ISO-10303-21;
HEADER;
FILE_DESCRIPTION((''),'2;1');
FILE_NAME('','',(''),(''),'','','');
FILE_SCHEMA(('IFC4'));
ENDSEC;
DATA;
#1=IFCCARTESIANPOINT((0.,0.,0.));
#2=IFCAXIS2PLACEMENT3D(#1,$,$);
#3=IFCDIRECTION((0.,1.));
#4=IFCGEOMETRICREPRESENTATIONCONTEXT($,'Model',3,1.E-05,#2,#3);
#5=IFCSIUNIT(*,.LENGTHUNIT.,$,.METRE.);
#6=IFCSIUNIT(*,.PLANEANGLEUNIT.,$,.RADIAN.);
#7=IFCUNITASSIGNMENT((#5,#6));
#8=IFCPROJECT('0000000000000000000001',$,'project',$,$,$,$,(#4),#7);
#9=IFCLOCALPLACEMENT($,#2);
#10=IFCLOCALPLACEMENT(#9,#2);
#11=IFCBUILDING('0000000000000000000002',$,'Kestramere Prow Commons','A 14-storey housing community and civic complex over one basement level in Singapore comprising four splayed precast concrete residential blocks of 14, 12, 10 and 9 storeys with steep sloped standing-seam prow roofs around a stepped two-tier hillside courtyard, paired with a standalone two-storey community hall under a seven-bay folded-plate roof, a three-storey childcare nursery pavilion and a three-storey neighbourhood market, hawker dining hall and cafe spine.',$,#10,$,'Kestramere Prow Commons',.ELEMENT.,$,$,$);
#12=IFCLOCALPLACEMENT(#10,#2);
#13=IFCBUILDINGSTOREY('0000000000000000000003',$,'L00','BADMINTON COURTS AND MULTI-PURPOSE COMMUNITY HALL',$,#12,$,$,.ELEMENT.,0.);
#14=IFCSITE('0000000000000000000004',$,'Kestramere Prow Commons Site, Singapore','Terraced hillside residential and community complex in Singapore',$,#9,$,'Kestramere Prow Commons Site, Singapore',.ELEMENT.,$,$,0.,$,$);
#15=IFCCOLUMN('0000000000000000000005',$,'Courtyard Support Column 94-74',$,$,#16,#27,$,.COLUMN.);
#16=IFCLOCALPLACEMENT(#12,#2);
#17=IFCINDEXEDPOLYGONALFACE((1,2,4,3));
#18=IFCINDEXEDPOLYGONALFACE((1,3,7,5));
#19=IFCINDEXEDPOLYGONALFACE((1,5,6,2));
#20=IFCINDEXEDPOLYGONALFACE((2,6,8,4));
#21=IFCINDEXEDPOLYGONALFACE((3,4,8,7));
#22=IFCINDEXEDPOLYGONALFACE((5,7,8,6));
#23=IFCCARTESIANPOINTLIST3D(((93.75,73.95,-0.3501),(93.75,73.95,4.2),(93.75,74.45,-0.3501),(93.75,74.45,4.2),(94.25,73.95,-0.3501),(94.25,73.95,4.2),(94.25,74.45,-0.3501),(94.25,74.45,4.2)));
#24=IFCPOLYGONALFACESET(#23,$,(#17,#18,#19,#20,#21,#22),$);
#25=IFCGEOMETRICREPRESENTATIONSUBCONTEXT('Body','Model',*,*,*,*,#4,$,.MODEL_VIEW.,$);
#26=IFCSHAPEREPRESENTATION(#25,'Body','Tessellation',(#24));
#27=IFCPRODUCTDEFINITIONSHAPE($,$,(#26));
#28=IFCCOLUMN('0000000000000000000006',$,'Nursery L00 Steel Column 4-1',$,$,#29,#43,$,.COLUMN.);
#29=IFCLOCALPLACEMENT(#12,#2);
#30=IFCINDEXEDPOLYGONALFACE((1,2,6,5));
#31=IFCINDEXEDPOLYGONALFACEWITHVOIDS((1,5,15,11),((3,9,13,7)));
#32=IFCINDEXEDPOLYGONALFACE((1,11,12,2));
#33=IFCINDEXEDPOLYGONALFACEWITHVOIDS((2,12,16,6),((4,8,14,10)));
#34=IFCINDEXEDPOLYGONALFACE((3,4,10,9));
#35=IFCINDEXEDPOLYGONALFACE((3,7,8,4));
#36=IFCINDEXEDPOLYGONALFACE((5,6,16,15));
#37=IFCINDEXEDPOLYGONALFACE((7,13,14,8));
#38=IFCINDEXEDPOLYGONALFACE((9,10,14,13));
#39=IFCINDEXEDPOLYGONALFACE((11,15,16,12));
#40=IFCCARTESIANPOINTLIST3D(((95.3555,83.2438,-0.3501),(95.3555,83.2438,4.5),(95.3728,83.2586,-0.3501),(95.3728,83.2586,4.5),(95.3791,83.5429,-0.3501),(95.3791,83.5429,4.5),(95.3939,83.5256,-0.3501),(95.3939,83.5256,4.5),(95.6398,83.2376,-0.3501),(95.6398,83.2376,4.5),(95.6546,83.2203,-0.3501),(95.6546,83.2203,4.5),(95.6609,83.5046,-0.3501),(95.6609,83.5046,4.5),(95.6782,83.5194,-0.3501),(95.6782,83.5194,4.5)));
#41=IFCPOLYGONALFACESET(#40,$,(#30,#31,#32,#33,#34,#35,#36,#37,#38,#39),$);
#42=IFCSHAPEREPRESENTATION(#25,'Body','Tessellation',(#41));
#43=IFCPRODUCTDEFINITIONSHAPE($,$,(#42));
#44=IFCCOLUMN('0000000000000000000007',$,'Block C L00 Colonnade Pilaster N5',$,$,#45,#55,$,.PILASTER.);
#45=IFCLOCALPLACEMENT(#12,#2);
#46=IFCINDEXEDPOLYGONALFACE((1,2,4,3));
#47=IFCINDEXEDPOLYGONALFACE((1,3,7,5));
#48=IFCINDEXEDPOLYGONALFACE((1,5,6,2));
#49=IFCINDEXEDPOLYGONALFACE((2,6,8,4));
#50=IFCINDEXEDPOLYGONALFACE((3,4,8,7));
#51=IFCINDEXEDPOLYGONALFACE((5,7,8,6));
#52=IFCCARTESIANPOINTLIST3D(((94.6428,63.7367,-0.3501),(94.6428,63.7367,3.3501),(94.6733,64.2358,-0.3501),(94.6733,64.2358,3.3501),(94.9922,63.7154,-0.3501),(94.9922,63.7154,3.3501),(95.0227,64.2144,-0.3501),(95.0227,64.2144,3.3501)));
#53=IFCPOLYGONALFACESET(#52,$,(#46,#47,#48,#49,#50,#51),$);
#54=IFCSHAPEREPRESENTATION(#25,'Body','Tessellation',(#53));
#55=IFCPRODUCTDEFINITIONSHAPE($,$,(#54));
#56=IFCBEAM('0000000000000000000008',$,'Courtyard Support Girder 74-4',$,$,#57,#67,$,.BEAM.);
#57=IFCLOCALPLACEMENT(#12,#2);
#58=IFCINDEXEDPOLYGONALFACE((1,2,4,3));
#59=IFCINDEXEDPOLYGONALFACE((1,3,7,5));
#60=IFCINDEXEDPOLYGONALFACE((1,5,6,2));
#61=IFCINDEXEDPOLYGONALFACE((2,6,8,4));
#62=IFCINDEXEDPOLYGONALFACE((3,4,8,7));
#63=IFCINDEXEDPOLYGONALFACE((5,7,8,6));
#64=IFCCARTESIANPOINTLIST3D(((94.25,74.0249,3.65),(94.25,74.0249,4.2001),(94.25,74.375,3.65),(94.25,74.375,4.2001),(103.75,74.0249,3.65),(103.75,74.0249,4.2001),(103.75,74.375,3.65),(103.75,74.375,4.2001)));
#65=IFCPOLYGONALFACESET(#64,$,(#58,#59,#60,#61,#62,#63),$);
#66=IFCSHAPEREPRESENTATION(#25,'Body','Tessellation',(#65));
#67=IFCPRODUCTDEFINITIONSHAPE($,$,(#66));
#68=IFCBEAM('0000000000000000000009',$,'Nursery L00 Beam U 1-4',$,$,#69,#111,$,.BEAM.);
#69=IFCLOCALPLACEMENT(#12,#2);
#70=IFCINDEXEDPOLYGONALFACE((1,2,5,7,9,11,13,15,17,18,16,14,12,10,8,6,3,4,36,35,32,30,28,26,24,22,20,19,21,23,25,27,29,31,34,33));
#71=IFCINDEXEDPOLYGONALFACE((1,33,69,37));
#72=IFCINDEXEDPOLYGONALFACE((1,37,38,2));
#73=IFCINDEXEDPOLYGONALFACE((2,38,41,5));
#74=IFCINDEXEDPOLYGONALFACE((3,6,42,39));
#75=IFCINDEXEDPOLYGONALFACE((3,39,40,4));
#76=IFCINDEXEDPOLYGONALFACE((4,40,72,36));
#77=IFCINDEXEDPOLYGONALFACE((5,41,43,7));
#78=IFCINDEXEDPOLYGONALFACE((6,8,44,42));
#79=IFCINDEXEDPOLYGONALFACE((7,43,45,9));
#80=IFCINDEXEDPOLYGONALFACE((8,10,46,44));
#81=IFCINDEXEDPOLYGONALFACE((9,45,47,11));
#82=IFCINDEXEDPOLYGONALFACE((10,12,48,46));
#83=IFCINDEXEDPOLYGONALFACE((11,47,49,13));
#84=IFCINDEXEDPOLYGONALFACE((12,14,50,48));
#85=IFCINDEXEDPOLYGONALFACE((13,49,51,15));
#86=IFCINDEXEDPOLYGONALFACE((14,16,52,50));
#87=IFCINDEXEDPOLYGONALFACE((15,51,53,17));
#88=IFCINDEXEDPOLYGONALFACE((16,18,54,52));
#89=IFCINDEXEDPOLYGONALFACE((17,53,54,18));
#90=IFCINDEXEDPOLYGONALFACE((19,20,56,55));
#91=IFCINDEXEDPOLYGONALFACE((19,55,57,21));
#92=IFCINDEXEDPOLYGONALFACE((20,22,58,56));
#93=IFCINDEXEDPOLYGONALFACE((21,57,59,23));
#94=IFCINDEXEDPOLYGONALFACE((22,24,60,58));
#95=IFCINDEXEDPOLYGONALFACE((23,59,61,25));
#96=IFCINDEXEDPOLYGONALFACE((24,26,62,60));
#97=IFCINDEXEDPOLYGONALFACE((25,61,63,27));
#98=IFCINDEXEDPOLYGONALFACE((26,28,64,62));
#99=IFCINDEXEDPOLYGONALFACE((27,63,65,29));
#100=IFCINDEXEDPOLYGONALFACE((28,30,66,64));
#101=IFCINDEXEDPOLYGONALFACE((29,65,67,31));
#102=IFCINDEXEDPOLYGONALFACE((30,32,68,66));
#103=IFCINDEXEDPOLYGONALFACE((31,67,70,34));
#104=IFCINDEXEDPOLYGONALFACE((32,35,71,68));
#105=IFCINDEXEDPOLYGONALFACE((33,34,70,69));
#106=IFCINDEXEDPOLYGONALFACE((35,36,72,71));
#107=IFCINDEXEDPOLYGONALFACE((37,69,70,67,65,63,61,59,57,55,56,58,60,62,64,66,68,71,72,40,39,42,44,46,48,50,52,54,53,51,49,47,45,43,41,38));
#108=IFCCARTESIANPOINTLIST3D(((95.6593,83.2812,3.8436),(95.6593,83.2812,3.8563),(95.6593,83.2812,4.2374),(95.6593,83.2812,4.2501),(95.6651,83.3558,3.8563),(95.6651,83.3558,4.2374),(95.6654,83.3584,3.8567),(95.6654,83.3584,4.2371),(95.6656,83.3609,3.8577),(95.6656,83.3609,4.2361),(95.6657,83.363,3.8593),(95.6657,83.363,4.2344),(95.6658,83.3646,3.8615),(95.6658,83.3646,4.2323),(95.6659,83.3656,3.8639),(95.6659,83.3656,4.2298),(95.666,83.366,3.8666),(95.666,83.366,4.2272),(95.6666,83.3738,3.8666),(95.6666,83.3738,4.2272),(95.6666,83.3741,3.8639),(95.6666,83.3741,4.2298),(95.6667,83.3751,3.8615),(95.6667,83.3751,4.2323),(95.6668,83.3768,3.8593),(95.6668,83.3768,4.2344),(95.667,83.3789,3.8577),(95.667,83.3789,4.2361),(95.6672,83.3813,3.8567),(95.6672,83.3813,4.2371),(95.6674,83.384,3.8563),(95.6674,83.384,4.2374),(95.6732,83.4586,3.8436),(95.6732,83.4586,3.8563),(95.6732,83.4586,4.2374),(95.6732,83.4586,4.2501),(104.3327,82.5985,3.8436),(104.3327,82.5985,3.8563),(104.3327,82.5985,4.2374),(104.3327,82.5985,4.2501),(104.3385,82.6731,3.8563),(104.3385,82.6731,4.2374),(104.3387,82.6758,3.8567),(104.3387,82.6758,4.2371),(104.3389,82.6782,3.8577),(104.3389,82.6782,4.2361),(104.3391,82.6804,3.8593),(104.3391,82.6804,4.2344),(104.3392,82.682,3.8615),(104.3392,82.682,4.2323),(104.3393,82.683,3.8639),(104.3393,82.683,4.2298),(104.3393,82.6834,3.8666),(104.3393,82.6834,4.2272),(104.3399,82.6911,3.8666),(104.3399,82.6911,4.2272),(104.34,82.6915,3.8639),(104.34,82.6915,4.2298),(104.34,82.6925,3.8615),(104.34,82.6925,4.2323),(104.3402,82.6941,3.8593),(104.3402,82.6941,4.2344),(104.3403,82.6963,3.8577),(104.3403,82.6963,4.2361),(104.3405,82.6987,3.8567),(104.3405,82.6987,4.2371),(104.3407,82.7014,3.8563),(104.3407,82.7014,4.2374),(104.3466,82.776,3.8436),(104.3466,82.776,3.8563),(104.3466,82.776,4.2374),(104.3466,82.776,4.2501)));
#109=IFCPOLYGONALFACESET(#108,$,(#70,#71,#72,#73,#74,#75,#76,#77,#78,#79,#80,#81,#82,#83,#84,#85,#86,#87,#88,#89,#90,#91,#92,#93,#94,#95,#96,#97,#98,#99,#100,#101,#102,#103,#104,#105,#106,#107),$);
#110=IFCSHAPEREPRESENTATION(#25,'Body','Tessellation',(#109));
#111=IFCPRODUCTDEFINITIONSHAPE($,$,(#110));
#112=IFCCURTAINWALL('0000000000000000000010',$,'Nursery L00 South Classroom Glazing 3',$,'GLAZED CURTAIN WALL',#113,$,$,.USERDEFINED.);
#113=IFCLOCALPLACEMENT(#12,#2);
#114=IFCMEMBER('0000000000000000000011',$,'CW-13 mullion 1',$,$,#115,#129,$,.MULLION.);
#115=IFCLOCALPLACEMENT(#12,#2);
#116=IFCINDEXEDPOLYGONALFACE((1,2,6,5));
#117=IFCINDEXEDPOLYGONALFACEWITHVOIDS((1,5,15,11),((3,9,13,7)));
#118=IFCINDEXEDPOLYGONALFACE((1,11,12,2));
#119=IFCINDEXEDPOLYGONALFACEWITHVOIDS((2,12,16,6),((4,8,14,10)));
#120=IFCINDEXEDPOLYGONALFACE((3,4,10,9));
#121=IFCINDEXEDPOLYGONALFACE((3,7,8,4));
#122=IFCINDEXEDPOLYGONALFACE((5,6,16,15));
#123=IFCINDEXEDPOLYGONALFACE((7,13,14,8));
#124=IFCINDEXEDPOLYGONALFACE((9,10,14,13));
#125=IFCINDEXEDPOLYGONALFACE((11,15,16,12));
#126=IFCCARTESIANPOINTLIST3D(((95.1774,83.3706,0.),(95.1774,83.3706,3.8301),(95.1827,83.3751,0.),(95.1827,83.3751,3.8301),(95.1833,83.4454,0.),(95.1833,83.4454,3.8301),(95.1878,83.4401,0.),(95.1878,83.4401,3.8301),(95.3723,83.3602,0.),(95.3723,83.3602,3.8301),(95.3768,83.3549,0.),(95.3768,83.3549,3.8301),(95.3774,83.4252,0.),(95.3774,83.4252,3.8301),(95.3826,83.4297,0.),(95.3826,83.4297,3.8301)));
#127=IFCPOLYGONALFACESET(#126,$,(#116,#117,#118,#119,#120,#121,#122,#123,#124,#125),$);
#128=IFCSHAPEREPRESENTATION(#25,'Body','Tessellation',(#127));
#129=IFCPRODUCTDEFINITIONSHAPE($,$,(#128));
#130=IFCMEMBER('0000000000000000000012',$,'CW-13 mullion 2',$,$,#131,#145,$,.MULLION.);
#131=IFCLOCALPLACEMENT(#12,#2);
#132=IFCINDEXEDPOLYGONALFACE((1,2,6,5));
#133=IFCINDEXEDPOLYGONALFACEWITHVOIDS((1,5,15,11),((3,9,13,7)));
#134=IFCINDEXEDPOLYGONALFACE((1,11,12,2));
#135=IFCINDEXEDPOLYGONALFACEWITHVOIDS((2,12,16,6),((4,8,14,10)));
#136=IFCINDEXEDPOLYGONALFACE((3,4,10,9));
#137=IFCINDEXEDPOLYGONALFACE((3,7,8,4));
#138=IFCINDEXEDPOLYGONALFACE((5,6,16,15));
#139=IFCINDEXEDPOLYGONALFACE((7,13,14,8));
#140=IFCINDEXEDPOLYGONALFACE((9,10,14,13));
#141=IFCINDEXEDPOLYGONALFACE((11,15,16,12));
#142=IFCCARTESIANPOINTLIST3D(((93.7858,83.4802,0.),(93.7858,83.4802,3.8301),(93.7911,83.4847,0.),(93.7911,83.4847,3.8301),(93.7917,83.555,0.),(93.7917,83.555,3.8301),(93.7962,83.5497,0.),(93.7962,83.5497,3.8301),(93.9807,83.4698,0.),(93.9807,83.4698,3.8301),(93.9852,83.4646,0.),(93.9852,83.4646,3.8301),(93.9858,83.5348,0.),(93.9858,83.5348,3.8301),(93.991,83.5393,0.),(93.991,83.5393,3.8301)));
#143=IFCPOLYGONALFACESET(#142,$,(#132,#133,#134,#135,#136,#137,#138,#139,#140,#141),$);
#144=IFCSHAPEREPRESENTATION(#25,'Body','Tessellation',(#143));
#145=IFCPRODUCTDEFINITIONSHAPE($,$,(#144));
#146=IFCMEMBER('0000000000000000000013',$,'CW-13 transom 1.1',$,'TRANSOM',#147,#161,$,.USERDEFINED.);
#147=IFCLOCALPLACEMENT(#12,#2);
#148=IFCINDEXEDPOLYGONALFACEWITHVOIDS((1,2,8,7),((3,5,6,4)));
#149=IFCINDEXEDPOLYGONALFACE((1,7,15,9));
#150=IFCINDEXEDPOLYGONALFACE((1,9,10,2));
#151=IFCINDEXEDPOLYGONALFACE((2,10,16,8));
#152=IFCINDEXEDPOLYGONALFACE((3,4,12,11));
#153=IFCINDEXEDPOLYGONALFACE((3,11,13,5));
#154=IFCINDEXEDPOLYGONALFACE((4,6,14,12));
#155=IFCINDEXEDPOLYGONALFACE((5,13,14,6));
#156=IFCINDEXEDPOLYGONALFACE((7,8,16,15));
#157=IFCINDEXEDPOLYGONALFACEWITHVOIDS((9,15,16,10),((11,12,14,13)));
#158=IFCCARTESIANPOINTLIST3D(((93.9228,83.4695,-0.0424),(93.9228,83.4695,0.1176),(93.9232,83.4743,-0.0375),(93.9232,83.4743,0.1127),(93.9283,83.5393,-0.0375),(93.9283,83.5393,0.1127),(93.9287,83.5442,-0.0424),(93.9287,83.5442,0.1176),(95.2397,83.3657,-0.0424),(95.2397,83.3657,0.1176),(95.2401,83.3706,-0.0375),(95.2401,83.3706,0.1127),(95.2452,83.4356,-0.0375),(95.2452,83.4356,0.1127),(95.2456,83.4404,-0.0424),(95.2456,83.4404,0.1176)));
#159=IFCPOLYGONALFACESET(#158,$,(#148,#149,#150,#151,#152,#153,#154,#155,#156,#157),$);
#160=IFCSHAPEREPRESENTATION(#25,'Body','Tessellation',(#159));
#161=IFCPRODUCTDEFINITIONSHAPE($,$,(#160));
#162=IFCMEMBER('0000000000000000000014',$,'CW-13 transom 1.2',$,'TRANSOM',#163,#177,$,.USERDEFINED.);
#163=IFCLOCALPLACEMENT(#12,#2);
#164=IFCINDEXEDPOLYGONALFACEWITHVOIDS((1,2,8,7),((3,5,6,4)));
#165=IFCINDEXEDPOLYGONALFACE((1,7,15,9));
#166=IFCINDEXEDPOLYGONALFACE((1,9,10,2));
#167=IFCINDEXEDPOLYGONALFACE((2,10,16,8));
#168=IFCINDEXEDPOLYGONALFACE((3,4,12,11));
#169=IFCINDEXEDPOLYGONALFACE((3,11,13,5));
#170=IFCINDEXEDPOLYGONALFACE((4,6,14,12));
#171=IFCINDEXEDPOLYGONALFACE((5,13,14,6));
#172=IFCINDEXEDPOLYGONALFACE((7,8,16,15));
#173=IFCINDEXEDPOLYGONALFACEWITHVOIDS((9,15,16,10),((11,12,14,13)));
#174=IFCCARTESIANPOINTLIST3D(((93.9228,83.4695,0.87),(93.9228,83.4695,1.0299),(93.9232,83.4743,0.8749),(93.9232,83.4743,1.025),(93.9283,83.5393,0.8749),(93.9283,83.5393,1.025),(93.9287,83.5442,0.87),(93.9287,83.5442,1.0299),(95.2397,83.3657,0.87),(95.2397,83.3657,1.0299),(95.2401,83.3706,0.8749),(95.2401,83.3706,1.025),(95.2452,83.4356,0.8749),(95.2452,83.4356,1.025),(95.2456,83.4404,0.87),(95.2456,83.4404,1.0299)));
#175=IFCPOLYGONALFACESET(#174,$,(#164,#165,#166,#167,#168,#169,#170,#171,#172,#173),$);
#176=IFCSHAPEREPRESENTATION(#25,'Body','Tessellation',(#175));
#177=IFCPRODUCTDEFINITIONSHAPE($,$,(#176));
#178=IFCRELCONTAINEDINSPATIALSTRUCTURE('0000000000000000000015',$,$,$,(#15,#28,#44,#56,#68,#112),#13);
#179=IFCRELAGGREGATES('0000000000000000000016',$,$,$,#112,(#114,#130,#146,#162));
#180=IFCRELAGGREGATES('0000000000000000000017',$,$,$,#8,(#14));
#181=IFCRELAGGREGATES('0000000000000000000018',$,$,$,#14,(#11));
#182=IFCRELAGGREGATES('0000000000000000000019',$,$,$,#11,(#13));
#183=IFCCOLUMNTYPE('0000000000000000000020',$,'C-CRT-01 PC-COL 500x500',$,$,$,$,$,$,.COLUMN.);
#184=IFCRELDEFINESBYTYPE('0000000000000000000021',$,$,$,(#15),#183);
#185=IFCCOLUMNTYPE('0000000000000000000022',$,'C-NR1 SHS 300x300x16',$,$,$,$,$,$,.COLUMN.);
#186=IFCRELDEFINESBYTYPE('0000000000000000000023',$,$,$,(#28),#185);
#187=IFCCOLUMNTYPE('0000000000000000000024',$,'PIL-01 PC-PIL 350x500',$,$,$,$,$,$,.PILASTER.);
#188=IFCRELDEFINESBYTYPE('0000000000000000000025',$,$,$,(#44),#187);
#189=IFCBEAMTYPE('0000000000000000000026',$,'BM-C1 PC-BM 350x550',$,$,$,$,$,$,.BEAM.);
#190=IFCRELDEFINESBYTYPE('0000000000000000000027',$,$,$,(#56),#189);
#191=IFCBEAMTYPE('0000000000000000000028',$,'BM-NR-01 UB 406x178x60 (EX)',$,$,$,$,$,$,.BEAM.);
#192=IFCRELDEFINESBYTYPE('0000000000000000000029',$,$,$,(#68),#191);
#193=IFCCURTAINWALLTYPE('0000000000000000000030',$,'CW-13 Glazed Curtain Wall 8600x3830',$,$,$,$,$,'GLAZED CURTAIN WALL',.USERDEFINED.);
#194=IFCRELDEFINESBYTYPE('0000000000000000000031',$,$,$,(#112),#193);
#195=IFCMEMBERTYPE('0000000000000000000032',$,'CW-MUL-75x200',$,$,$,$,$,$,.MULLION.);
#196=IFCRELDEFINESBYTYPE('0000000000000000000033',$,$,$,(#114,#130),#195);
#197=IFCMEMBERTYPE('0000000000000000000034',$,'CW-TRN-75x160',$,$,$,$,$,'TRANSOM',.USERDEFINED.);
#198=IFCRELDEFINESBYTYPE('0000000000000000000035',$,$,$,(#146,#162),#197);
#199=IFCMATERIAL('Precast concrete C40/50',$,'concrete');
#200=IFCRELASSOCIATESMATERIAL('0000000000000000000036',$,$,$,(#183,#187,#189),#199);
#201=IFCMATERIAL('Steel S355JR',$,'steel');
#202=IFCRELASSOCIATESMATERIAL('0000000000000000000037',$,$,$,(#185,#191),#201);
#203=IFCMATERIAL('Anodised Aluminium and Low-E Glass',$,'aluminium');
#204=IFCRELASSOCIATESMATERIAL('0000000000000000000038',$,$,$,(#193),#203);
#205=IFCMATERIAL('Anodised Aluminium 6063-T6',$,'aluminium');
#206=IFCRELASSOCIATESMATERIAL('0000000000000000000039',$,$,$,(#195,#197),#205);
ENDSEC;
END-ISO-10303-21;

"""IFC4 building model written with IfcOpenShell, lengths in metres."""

from ifc_helpers import new_model, si_unit, direction, frame, origin, origin_2d, place, context, subcontext, project, spatial, rectangle, hollow_rectangle, i_section, extrude, material, material_profile, profile_set, type_object, element, aggregate, save


model = new_model("IFC4")

# Units and contexts
model_context = context("Model", 3, precision=1e-05, world=origin(), true_north=direction((0.0, 1.0)))
body_context = subcontext(model_context, "Body", "Model", "MODEL_VIEW")
ifc_project = project(units=[si_unit("LENGTHUNIT", "METRE"), si_unit("PLANEANGLEUNIT", "RADIAN")], contexts=[model_context])

# Site, building, storey
site_placement = place(None, origin())
site = spatial("IfcSite", under=ifc_project, at=site_placement, Name="Kestramere Prow Commons Site, Singapore", Description="Terraced hillside residential and community complex in Singapore", LongName="Kestramere Prow Commons Site, Singapore", CompositionType="ELEMENT", RefElevation=0.0)
building_placement = place(site_placement, origin())
building = spatial("IfcBuilding", under=site, at=building_placement, Name="Kestramere Prow Commons", Description="A 14-storey housing community and civic complex over one basement level in Singapore comprising four splayed precast concrete residential blocks of 14, 12, 10 and 9 storeys with steep sloped standing-seam prow roofs around a stepped two-tier hillside courtyard, paired with a standalone two-storey community hall under a seven-bay folded-plate roof, a three-storey childcare nursery pavilion and a three-storey neighbourhood market, hawker dining hall and cafe spine.", LongName="Kestramere Prow Commons", CompositionType="ELEMENT")
storey_placement = place(building_placement, origin())
storey = spatial("IfcBuildingStorey", under=building, at=storey_placement, Name="L00", Description="BADMINTON COURTS AND MULTI-PURPOSE COMMUNITY HALL", CompositionType="ELEMENT", Elevation=0.0)

# Columns
ifc_material_1 = material(Name="Precast concrete C40/50", Category="concrete")
ifc_material_profile_1 = material_profile(ifc_material_1, rectangle(XDim=0.5, YDim=0.5, at=origin_2d()), Name="PC-COL 500x500")
ifc_profile_set_1 = profile_set([ifc_material_profile_1], Name="Precast concrete C40/50")
column_type_1 = type_object("IfcColumnType", Name="C-CRT-01 PC-COL 500x500", PredefinedType="COLUMN", material=ifc_profile_set_1)
column_1_placement = place(storey_placement, frame((94.0, 74.2, -0.3501), z_axis=(0.0, 0.0, 1.0), x_axis=(1.0, 0.0, 0.0)))
element("IfcColumn", 1, at=column_1_placement, inside=storey, type_object=column_type_1, Name="Courtyard Support Column 94-74", PredefinedType="COLUMN", context=body_context, shape_type="SweptSolid", body=[
    extrude(rectangle(XDim=0.5, YDim=0.5, at=origin_2d()), origin(), (0.0, 0.0, 1.0), 4.55),
])
ifc_material_2 = material(Name="Steel S355JR", Category="steel")
ifc_material_profile_2 = material_profile(ifc_material_2, hollow_rectangle(XDim=0.3, YDim=0.3, WallThickness=0.0161, at=origin_2d()), Name="SHS 300x300x16")
ifc_profile_set_2 = profile_set([ifc_material_profile_2], Name="Steel S355JR")
column_type_2 = type_object("IfcColumnType", Name="C-NR1 SHS 300x300x16", PredefinedType="COLUMN", material=ifc_profile_set_2)
column_2_placement = place(storey_placement, frame((95.5168, 83.3816, -0.3501), z_axis=(0.0, 0.0, 1.0), x_axis=(0.996917, -0.078459, 0.0)))
element("IfcColumn", 2, at=column_2_placement, inside=storey, type_object=column_type_2, Name="Nursery L00 Steel Column 4-1", PredefinedType="COLUMN", context=body_context, shape_type="SweptSolid", body=[
    extrude(hollow_rectangle(XDim=0.3, YDim=0.3, WallThickness=0.0161, at=origin_2d()), origin(), (0.0, 0.0, 1.0), 4.8501),
])
ifc_material_profile_3 = material_profile(ifc_material_1, rectangle(XDim=0.3501, YDim=0.5, at=origin_2d()), Name="PC-PIL 350x500")
ifc_profile_set_3 = profile_set([ifc_material_profile_3], Name="Precast concrete C40/50")
column_type_3 = type_object("IfcColumnType", Name="PIL-01 PC-PIL 350x500", PredefinedType="PILASTER", material=ifc_profile_set_3)
column_3_placement = place(storey_placement, frame((94.8328, 63.9756, -0.3501), z_axis=(0.0, 0.0, 1.0), x_axis=(0.998135, -0.061049, 0.0)))
element("IfcColumn", 3, at=column_3_placement, inside=storey, type_object=column_type_3, Name="Block C L00 Colonnade Pilaster N5", PredefinedType="PILASTER", context=body_context, shape_type="SweptSolid", body=[
    extrude(rectangle(XDim=0.3501, YDim=0.5, at=origin_2d()), origin(), (0.0, 0.0, 1.0), 3.7002),
])

# Beams
ifc_material_profile_4 = material_profile(ifc_material_1, rectangle(XDim=0.3501, YDim=0.55, at=origin_2d()), Name="PC-BM 350x550")
ifc_profile_set_4 = profile_set([ifc_material_profile_4], Name="Precast concrete C40/50")
beam_type_1 = type_object("IfcBeamType", Name="BM-C1 PC-BM 350x550", PredefinedType="BEAM", material=ifc_profile_set_4)
beam_1_placement = place(storey_placement, frame((94.25, 74.2, 3.925), z_axis=(1.0, 0.0, 0.0), x_axis=(0.0, 1.0, 0.0)))
element("IfcBeam", 4, at=beam_1_placement, inside=storey, type_object=beam_type_1, Name="Courtyard Support Girder 74-4", PredefinedType="BEAM", context=body_context, shape_type="SweptSolid", body=[
    extrude(rectangle(XDim=0.3501, YDim=0.55, at=origin_2d()), origin(), (0.0, 0.0, 1.0), 9.5),
])
ifc_material_profile_5 = material_profile(ifc_material_2, i_section(OverallWidth=0.178, OverallDepth=0.4065, WebThickness=0.0078, FlangeThickness=0.0127, FilletRadius=0.0103, at=origin_2d()), Name="UB 406x178x60")
ifc_profile_set_5 = profile_set([ifc_material_profile_5], Name="Steel S355JR")
beam_type_2 = type_object("IfcBeamType", Name="BM-NR-01 UB 406x178x60 (EX)", PredefinedType="BEAM", material=ifc_profile_set_5)
beam_2_placement = place(storey_placement, frame((95.6663, 83.3699, 4.0469), z_axis=(0.996917, -0.07846, 0.0), x_axis=(0.07846, 0.996917, 0.0)))
element("IfcBeam", 5, at=beam_2_placement, inside=storey, type_object=beam_type_2, Name="Nursery L00 Beam U 1-4", PredefinedType="BEAM", context=body_context, shape_type="SweptSolid", body=[
    extrude(i_section(OverallWidth=0.178, OverallDepth=0.4065, WebThickness=0.0078, FlangeThickness=0.0127, FilletRadius=0.0103, at=origin_2d()), origin(), (0.0, 0.0, 1.0), 8.7002),
])

# Curtain wall, members
ifc_material_3 = material(Name="Anodised Aluminium and Low-E Glass", Category="aluminium")
curtain_wall_type = type_object("IfcCurtainWallType", Name="CW-13 Glazed Curtain Wall 8600x3830", ElementType="GLAZED CURTAIN WALL", PredefinedType="USERDEFINED", material=ifc_material_3)
curtain_wall_placement = place(storey_placement, origin())
curtain_wall = element("IfcCurtainWall", 6, at=curtain_wall_placement, inside=storey, type_object=curtain_wall_type, Name="Nursery L00 South Classroom Glazing 3", ObjectType="GLAZED CURTAIN WALL", PredefinedType="USERDEFINED")
ifc_material_4 = material(Name="Anodised Aluminium 6063-T6", Category="aluminium")
ifc_material_profile_6 = material_profile(ifc_material_4, hollow_rectangle(XDim=0.075, YDim=0.2, WallThickness=0.0049, at=origin_2d()), Name="ALU-MUL 75x200")
ifc_profile_set_6 = profile_set([ifc_material_profile_6], Name="Anodised Aluminium 6063-T6")
member_type_1 = type_object("IfcMemberType", Name="CW-MUL-75x200", PredefinedType="MULLION", material=ifc_profile_set_6)
member_1_placement = place(storey_placement, frame((95.28, 83.4001, 0.0), z_axis=(0.0, 0.0, 1.0), x_axis=(-0.078459, -0.996917, 0.0)))
member_1 = element("IfcMember", 7, at=member_1_placement, type_object=member_type_1, Name="CW-13 mullion 1", PredefinedType="MULLION", context=body_context, shape_type="SweptSolid", body=[
    extrude(hollow_rectangle(XDim=0.075, YDim=0.2, WallThickness=0.0049, at=origin_2d()), origin(), (0.0, 0.0, 1.0), 3.8301),
])
member_2_placement = place(storey_placement, frame((93.8884, 83.5098, 0.0), z_axis=(0.0, 0.0, 1.0), x_axis=(-0.078459, -0.996917, 0.0)))
member_2 = element("IfcMember", 8, at=member_2_placement, type_object=member_type_1, Name="CW-13 mullion 2", PredefinedType="MULLION", context=body_context, shape_type="SweptSolid", body=[
    extrude(hollow_rectangle(XDim=0.075, YDim=0.2, WallThickness=0.0049, at=origin_2d()), origin(), (0.0, 0.0, 1.0), 3.8301),
])
ifc_material_profile_7 = material_profile(ifc_material_4, hollow_rectangle(XDim=0.075, YDim=0.1599, WallThickness=0.0049, at=origin_2d()), Name="ALU-TRN 75x160")
ifc_profile_set_7 = profile_set([ifc_material_profile_7], Name="Anodised Aluminium 6063-T6")
member_type_2 = type_object("IfcMemberType", Name="CW-TRN-75x160", ElementType="TRANSOM", PredefinedType="USERDEFINED", material=ifc_profile_set_7)
member_3_placement = place(storey_placement, frame((95.2427, 83.4031, 0.0376), z_axis=(-0.99691, 0.078548, 0.0), x_axis=(-0.078548, -0.99691, 0.0)))
member_3 = element("IfcMember", 9, at=member_3_placement, type_object=member_type_2, Name="CW-13 transom 1.1", ObjectType="TRANSOM", PredefinedType="USERDEFINED", context=body_context, shape_type="SweptSolid", body=[
    extrude(hollow_rectangle(XDim=0.075, YDim=0.1599, WallThickness=0.0049, at=origin_2d()), origin(), (0.0, 0.0, 1.0), 1.321),
])
member_4_placement = place(storey_placement, frame((95.2427, 83.4031, 0.95), z_axis=(-0.99691, 0.078548, 0.0), x_axis=(-0.078548, -0.99691, 0.0)))
member_4 = element("IfcMember", 10, at=member_4_placement, type_object=member_type_2, Name="CW-13 transom 1.2", ObjectType="TRANSOM", PredefinedType="USERDEFINED", context=body_context, shape_type="SweptSolid", body=[
    extrude(hollow_rectangle(XDim=0.075, YDim=0.1599, WallThickness=0.0049, at=origin_2d()), origin(), (0.0, 0.0, 1.0), 1.321),
])

aggregate(curtain_wall, [member_1, member_2, member_3, member_4])

save(model, "model.ifc")
